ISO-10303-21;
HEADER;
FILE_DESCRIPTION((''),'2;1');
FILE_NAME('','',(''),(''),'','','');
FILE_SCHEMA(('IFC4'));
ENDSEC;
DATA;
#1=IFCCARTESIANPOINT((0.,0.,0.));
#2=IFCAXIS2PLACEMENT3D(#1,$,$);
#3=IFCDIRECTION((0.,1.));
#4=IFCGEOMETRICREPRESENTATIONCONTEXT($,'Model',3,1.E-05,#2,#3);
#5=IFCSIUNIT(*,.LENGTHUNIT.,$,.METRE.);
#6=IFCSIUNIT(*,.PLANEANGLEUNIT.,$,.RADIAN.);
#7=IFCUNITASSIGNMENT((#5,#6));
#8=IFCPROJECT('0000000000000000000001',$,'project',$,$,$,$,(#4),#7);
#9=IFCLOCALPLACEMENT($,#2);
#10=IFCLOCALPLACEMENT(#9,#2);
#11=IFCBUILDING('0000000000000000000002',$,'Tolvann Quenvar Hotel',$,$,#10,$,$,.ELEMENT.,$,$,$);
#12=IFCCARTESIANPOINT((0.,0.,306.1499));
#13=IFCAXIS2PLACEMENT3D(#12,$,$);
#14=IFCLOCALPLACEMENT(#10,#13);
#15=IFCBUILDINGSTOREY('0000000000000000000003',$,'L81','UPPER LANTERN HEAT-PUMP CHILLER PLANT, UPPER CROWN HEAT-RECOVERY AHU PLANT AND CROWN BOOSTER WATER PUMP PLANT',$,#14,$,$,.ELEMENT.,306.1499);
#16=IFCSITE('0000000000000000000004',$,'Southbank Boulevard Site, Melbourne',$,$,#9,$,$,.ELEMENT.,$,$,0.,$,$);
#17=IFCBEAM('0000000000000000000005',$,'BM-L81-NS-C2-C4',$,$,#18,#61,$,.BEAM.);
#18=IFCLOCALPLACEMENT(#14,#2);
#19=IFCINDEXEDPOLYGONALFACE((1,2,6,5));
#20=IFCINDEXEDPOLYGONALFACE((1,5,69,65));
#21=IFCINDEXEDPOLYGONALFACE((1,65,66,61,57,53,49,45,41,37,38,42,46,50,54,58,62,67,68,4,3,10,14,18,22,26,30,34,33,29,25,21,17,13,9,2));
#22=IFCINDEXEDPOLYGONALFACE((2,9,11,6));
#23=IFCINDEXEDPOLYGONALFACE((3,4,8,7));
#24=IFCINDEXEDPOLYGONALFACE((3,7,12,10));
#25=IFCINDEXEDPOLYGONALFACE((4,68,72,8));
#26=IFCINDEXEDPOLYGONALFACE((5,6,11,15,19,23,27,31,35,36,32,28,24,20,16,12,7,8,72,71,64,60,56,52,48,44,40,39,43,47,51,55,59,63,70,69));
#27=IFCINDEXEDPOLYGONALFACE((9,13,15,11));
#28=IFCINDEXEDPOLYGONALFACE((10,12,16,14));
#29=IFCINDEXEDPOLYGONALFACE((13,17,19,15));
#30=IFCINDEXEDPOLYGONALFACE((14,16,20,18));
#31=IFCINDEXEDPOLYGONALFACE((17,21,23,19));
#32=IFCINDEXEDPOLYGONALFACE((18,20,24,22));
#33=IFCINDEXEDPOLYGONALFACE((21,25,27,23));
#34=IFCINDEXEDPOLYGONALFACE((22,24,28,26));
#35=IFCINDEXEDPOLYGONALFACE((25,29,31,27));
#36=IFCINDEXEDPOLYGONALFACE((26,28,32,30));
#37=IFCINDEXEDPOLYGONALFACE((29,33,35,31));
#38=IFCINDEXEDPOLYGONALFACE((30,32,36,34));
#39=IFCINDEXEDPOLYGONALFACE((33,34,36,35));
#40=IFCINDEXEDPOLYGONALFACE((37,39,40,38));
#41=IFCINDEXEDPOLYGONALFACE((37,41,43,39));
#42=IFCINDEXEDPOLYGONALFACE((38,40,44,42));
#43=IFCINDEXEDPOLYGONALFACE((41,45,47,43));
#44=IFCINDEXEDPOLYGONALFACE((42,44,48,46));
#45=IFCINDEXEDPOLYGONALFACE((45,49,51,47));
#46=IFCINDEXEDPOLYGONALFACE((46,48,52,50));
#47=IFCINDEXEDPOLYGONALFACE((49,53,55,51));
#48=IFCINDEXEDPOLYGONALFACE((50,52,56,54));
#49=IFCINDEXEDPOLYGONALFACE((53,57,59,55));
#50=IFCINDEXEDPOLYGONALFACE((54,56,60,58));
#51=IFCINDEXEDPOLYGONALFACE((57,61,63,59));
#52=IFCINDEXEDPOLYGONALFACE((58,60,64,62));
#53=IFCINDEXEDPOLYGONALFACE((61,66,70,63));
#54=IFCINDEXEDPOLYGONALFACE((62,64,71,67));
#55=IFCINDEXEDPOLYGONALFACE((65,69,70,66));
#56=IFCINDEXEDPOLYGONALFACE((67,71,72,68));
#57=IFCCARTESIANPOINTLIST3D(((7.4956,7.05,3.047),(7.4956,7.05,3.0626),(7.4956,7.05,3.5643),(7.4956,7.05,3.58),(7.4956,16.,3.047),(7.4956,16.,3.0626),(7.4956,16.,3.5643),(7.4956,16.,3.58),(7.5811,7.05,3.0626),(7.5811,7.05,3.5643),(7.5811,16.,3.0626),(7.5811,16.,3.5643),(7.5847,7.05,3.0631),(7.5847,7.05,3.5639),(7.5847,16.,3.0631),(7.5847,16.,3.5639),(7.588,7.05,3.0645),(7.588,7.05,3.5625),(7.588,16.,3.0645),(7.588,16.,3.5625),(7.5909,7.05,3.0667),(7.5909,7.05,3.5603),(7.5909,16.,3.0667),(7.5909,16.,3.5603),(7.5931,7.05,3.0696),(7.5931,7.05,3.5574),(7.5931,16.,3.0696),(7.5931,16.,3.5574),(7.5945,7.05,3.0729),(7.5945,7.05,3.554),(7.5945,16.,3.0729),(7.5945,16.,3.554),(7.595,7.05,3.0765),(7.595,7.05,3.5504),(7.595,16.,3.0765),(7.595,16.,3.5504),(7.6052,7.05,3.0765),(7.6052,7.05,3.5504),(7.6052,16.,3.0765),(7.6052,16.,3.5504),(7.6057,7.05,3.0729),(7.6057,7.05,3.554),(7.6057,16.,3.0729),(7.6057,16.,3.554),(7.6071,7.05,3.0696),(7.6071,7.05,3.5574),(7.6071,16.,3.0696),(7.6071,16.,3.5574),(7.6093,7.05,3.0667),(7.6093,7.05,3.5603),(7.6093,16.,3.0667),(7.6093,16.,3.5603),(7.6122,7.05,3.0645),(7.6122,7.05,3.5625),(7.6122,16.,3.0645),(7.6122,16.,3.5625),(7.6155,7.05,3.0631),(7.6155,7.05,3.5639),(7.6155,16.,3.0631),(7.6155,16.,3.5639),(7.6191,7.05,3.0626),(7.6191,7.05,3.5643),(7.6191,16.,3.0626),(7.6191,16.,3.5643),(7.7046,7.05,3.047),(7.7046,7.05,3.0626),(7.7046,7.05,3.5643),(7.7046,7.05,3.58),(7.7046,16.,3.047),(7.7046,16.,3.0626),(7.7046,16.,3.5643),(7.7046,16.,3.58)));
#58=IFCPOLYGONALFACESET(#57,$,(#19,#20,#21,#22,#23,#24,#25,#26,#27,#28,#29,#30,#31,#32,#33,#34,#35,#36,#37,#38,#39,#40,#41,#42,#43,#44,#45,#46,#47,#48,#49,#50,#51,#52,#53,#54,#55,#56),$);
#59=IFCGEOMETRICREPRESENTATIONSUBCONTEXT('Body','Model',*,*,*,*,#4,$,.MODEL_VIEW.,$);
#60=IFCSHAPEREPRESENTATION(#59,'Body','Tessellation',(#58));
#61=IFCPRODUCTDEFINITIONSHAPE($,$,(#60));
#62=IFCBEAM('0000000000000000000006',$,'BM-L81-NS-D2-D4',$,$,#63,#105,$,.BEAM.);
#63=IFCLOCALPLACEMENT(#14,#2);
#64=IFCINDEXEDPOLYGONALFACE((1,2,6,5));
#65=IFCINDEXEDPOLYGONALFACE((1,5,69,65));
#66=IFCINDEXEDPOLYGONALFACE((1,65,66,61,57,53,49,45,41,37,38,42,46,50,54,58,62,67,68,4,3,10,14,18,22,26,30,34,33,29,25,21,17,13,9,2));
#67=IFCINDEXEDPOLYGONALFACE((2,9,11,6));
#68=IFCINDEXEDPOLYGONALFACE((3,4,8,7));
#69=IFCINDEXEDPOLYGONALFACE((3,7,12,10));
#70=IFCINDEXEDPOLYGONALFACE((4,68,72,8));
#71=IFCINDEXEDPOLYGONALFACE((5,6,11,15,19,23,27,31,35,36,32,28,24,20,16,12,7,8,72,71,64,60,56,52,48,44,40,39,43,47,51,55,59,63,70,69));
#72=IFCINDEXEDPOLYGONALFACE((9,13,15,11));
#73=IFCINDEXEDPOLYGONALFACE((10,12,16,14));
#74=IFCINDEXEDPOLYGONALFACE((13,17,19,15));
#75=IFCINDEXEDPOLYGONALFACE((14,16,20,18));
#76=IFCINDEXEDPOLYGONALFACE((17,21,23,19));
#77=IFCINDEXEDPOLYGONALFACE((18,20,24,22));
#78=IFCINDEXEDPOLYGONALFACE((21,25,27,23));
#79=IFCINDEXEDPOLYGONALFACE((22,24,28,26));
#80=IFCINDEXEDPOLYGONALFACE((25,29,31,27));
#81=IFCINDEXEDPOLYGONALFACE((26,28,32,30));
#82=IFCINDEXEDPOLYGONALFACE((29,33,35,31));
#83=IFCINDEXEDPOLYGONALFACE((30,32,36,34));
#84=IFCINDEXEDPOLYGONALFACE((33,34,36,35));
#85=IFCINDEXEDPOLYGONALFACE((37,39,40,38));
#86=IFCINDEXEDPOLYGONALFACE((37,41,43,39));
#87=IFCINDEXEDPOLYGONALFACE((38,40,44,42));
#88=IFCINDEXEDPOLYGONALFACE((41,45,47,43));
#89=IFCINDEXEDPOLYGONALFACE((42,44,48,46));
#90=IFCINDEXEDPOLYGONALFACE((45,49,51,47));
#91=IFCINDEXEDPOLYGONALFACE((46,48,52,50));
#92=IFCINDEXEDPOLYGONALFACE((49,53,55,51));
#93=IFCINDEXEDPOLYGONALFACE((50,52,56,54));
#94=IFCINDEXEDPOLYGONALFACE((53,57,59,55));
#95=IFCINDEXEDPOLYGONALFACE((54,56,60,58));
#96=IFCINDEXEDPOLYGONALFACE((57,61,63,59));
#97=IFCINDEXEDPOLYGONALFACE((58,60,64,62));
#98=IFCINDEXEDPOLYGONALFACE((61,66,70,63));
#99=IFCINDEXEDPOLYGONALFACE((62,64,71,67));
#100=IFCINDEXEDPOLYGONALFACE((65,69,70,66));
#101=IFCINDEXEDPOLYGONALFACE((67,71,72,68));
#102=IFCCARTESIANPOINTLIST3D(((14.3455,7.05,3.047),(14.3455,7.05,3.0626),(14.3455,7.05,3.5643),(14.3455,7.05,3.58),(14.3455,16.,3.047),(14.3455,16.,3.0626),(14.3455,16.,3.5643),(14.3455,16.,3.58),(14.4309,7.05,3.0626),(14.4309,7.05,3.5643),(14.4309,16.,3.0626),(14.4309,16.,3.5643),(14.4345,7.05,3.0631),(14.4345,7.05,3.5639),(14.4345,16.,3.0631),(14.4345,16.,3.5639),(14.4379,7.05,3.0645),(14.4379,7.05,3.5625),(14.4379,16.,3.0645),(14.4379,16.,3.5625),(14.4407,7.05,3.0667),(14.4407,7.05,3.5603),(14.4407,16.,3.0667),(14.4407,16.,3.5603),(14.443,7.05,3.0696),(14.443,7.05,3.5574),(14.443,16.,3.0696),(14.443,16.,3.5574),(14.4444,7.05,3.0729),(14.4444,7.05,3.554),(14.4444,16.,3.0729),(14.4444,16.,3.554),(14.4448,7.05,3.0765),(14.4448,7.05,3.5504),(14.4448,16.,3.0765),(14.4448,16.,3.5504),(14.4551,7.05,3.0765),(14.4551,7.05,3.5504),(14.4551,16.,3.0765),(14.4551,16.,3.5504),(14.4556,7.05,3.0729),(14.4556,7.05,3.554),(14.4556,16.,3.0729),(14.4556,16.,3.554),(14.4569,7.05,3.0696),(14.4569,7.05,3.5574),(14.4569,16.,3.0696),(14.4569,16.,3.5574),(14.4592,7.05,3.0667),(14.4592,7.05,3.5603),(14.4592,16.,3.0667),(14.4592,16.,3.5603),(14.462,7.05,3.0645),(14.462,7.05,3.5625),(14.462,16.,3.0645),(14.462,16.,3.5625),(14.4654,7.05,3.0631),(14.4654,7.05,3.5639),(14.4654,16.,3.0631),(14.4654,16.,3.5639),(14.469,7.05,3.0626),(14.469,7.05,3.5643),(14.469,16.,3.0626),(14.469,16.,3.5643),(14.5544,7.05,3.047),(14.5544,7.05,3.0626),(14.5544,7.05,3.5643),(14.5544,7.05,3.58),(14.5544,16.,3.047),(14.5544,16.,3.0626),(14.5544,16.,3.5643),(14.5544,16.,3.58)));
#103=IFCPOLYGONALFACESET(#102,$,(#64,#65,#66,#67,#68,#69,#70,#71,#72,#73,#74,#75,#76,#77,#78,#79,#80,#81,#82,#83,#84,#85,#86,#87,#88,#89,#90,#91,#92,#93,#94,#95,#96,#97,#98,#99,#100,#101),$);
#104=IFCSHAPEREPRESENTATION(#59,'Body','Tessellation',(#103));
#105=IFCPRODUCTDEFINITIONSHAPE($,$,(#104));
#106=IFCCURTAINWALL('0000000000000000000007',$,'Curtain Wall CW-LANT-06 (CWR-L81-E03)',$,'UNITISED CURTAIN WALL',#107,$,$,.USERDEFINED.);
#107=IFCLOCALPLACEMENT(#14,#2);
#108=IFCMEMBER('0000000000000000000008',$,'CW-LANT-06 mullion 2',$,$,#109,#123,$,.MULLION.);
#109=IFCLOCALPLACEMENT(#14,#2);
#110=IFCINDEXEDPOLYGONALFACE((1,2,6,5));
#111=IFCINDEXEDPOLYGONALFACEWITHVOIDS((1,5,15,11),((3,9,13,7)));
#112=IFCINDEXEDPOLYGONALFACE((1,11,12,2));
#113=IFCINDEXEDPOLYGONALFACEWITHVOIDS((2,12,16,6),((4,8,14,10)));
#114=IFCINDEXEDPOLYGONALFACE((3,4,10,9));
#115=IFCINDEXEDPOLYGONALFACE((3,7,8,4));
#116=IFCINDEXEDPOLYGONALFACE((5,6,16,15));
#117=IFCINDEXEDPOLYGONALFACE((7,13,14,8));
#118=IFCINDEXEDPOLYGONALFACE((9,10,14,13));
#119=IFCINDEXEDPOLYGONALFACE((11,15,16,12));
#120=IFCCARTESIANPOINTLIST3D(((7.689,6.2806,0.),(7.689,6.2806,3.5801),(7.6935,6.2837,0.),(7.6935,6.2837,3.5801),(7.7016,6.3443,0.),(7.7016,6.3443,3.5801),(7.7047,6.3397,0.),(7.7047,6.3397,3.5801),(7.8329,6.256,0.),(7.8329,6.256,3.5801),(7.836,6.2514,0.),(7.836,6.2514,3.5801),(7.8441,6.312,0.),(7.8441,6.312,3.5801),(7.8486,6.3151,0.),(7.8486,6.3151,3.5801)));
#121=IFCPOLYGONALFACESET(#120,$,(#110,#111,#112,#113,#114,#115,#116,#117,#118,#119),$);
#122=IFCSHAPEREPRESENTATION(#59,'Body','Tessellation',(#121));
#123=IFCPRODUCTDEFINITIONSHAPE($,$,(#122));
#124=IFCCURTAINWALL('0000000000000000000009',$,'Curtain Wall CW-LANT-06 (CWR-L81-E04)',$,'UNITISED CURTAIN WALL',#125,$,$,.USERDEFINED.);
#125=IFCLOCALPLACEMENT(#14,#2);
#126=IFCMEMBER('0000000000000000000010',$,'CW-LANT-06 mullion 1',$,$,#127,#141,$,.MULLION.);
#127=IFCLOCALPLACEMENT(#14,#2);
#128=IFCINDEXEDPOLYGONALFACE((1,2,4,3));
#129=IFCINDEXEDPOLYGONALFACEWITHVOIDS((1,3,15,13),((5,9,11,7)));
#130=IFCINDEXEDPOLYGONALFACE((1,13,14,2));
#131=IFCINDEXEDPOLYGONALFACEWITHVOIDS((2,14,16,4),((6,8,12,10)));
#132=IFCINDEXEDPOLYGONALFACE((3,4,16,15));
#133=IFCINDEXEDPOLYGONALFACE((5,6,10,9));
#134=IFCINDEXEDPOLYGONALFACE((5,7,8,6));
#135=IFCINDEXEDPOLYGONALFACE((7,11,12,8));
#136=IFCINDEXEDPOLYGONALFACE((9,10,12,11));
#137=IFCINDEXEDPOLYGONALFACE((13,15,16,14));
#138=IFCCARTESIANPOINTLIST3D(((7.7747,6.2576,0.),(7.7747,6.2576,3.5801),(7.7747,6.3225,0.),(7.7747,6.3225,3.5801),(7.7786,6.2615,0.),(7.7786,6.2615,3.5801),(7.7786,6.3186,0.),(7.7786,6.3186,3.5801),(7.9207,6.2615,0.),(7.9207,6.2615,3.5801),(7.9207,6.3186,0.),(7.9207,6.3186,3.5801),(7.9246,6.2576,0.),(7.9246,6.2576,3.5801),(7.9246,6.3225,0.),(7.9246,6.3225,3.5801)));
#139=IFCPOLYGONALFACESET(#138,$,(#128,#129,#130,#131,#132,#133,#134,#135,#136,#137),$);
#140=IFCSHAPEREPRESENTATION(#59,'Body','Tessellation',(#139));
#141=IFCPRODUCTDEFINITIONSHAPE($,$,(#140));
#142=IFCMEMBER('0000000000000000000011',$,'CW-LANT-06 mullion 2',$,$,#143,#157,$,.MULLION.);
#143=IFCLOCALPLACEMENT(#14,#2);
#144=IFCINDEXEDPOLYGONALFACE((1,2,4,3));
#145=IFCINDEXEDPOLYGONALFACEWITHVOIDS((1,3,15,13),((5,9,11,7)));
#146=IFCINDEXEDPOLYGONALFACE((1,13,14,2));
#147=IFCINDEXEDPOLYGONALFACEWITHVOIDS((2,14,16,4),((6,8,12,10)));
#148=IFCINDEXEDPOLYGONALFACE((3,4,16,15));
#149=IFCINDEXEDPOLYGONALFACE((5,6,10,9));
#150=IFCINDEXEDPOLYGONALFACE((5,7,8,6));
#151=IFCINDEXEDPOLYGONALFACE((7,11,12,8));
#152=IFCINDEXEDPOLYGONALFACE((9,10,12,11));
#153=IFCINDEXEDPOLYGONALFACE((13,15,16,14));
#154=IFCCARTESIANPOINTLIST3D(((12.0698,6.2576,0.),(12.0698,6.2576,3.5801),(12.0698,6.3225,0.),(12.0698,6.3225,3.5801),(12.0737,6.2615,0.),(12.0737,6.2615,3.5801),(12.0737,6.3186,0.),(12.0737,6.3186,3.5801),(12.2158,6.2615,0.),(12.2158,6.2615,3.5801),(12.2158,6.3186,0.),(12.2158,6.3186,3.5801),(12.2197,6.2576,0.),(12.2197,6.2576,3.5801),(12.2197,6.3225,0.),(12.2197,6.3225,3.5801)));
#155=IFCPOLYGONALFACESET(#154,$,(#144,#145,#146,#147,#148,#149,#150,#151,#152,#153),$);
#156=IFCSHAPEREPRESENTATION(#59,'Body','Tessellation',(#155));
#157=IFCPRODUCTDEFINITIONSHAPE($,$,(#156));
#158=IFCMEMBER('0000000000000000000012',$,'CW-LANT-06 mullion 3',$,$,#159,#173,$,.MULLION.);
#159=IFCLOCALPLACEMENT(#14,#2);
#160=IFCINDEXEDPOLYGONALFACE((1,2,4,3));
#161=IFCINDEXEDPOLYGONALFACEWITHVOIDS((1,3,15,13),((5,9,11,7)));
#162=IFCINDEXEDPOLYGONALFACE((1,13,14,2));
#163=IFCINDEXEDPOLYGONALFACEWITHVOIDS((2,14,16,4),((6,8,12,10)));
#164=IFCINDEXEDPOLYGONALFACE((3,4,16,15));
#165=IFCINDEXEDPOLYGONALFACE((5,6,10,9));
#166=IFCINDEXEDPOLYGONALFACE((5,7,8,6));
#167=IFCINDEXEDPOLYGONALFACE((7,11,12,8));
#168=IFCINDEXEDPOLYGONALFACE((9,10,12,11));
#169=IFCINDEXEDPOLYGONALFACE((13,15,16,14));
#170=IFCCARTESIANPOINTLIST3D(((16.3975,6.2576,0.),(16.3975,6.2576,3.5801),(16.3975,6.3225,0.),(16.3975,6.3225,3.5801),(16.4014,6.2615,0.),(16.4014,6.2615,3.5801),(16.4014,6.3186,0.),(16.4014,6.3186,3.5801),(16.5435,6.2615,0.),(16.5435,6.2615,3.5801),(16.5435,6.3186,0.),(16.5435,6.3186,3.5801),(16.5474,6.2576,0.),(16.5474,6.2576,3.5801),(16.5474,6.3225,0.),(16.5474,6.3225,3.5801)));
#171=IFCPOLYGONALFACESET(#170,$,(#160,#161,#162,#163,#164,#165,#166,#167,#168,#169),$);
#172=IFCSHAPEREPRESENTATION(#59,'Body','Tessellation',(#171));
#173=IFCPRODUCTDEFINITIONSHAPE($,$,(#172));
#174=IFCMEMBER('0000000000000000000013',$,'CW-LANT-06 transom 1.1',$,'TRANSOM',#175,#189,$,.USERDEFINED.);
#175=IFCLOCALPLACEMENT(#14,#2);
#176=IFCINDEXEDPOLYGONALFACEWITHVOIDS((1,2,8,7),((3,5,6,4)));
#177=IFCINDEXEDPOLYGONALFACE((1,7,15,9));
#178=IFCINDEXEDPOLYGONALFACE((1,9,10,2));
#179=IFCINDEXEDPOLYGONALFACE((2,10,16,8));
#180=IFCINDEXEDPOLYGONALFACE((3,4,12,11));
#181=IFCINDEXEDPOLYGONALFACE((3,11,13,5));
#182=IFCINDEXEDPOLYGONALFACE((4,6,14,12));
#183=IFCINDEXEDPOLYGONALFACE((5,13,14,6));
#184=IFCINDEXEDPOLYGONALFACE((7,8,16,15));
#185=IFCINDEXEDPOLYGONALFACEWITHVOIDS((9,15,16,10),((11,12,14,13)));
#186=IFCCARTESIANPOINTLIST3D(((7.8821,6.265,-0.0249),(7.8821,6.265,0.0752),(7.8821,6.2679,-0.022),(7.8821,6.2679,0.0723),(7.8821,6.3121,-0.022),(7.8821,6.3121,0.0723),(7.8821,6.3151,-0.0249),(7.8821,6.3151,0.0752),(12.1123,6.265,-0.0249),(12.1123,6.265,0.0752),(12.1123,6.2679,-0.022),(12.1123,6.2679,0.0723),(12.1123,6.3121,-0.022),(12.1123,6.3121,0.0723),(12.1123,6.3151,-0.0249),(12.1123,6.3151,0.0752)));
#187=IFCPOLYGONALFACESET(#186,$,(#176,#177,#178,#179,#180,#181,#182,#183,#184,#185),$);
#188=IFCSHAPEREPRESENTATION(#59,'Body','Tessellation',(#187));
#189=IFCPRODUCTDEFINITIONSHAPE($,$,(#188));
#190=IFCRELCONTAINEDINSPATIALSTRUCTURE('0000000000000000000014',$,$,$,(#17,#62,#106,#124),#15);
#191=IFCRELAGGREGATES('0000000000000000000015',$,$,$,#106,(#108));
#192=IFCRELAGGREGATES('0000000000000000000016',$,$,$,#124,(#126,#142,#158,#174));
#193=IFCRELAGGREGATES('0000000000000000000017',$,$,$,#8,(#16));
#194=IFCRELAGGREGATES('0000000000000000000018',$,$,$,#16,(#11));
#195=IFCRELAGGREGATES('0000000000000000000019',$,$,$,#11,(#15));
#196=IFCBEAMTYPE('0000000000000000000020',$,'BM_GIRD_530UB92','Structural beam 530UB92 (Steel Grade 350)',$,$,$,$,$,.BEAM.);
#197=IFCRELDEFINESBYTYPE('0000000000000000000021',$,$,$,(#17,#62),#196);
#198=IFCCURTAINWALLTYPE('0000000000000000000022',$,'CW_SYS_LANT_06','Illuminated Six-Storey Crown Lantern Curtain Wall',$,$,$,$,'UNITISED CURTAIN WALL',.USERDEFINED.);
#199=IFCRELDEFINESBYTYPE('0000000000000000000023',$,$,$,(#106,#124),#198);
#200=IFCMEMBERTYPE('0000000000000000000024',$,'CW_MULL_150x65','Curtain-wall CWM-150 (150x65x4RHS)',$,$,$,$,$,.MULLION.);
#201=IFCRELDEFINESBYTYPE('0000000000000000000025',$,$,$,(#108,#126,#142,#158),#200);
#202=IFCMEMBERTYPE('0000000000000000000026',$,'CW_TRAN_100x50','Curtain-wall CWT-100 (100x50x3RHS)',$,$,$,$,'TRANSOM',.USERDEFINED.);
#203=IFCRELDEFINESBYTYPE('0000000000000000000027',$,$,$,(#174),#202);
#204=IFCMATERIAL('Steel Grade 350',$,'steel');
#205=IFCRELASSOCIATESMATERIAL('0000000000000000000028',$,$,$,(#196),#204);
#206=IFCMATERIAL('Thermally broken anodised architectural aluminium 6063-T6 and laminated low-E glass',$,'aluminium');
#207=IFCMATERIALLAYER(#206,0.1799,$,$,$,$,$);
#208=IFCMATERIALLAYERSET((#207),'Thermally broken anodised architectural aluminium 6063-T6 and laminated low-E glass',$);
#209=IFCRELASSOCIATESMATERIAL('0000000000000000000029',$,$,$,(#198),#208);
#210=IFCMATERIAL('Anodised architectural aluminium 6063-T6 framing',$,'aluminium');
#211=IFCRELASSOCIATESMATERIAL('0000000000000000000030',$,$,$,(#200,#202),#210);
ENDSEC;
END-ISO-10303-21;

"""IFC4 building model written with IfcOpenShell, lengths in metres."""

from ifc_helpers import new_model, si_unit, direction, frame, origin, origin_2d, place, context, subcontext, project, spatial, hollow_rectangle, i_section, extrude, source, transform, mapped, material, layer, layer_set, material_profile, profile_set, type_object, type_shapes, element, aggregate, save


model = new_model("IFC4")

# Units and contexts
model_context = context("Model", 3, precision=1e-05, world=origin(), true_north=direction((0.0, 1.0)))
body_context = subcontext(model_context, "Body", "Model", "MODEL_VIEW")
ifc_project = project(units=[si_unit("LENGTHUNIT", "METRE"), si_unit("PLANEANGLEUNIT", "RADIAN")], contexts=[model_context])

# Site, building, storey
site_placement = place(None, origin())
site = spatial("IfcSite", under=ifc_project, at=site_placement, Name="Southbank Boulevard Site, Melbourne", CompositionType="ELEMENT", RefElevation=0.0)
building_placement = place(site_placement, origin())
building = spatial("IfcBuilding", under=site, at=building_placement, Name="Tolvann Quenvar Hotel", CompositionType="ELEMENT")
storey_placement = place(building_placement, frame((0.0, 0.0, 306.1499)))
storey = spatial("IfcBuildingStorey", under=building, at=storey_placement, Name="L81", Description="UPPER LANTERN HEAT-PUMP CHILLER PLANT, UPPER CROWN HEAT-RECOVERY AHU PLANT AND CROWN BOOSTER WATER PUMP PLANT", CompositionType="ELEMENT", Elevation=306.1499)

# Shared definitions
ifc_material_1 = material(Name="Steel Grade 350", Category="steel")

# Beams
ifc_material_profile_1 = material_profile(ifc_material_1, i_section(OverallWidth=0.209, OverallDepth=0.533, WebThickness=0.0103, FlangeThickness=0.0156, FilletRadius=0.0139, at=origin_2d()), Name="530UB92")
ifc_profile_set_1 = profile_set([ifc_material_profile_1], Name="Steel Grade 350")
beam_type_1 = type_object("IfcBeamType", Name="BM_GIRD_530UB92", Description="Structural beam 530UB92 (Steel Grade 350)", PredefinedType="BEAM", material=ifc_profile_set_1)
shared_shape_1 = source(origin(), body_context, "Body", "SweptSolid", [
    extrude(i_section(OverallWidth=0.209, OverallDepth=0.533, WebThickness=0.0103, FlangeThickness=0.0156, FilletRadius=0.0139, at=origin_2d()), origin(), (0.0, 0.0, 1.0), 8.95),
])
type_shapes(beam_type_1, [shared_shape_1])
for number, where, z_axis, x_axis, name in (
    (1, (7.6001, 7.05, 3.3135), (0.0, 1.0, 0.0), (-1.0, 0.0, 0.0), "BM-L81-NS-C2-C4"),
    (2, (14.45, 7.05, 3.3135), (0.0, 1.0, 0.0), (-1.0, 0.0, 0.0), "BM-L81-NS-D2-D4"),
):
    element("IfcBeam", number, at=place(storey_placement, frame(where, z_axis=z_axis, x_axis=x_axis)), inside=storey, type_object=beam_type_1, Name=name, PredefinedType="BEAM", context=body_context, shape_type="MappedRepresentation", body=[
        mapped(shared_shape_1, transform((0.0, 0.0, 0.0), x_axis=(1.0, 0.0, 0.0), y_axis=(0.0, 1.0, 0.0), z_axis=(0.0, 0.0, 1.0), scale=1.0)),
    ])

# Curtain wall, member
ifc_material_2 = material(Name="Thermally broken anodised architectural aluminium 6063-T6 and laminated low-E glass", Category="aluminium")
ifc_layer_1 = layer(ifc_material_2, 0.1799)
ifc_layer_set_1 = layer_set([ifc_layer_1], Name="Thermally broken anodised architectural aluminium 6063-T6 and laminated low-E glass")
curtain_wall_type = type_object("IfcCurtainWallType", Name="CW_SYS_LANT_06", Description="Illuminated Six-Storey Crown Lantern Curtain Wall", ElementType="UNITISED CURTAIN WALL", PredefinedType="USERDEFINED", material=ifc_layer_set_1)
curtain_wall_1_placement = place(storey_placement, origin())
curtain_wall_1 = element("IfcCurtainWall", 3, at=curtain_wall_1_placement, inside=storey, type_object=curtain_wall_type, Name="Curtain Wall CW-LANT-06 (CWR-L81-E03)", ObjectType="UNITISED CURTAIN WALL", PredefinedType="USERDEFINED")
ifc_material_3 = material(Name="Anodised architectural aluminium 6063-T6 framing", Category="aluminium")
ifc_material_profile_2 = material_profile(ifc_material_3, hollow_rectangle(XDim=0.0649, YDim=0.1499, WallThickness=0.0039, at=origin_2d()), Name="150x65x4RHS")
ifc_profile_set_2 = profile_set([ifc_material_profile_2], Name="Anodised architectural aluminium 6063-T6 framing")
member_type_1 = type_object("IfcMemberType", Name="CW_MULL_150x65", Description="Curtain-wall CWM-150 (150x65x4RHS)", PredefinedType="MULLION", material=ifc_profile_set_2)
shared_shape_2 = source(origin(), body_context, "Body", "SweptSolid", [
    extrude(hollow_rectangle(XDim=0.0649, YDim=0.1499, WallThickness=0.0039, at=origin_2d()), origin(), (0.0, 0.0, 1.0), 3.5801),
])
type_shapes(member_type_1, [shared_shape_2])
member_1_placement = place(storey_placement, frame((7.7688, 6.2979, 0.0), z_axis=(0.0, 0.0, 1.0), x_axis=(0.195062, 0.980791, 0.0)))
member_1 = element("IfcMember", 4, at=member_1_placement, type_object=member_type_1, Name="CW-LANT-06 mullion 2", PredefinedType="MULLION", context=body_context, shape_type="MappedRepresentation", body=[
    mapped(shared_shape_2, transform((0.0, 0.0, 0.0), x_axis=(1.0, 0.0, 0.0), y_axis=(0.0, 1.0, 0.0), z_axis=(0.0, 0.0, 1.0), scale=1.0)),
])
aggregate(curtain_wall_1, [member_1])

# Curtain wall, members
curtain_wall_2_placement = place(storey_placement, origin())
curtain_wall_2 = element("IfcCurtainWall", 5, at=curtain_wall_2_placement, inside=storey, type_object=curtain_wall_type, Name="Curtain Wall CW-LANT-06 (CWR-L81-E04)", ObjectType="UNITISED CURTAIN WALL", PredefinedType="USERDEFINED")
member_2_placement = place(storey_placement, frame((7.8496, 6.29, 0.0), z_axis=(0.0, 0.0, 1.0), x_axis=(0.0, 1.0, 0.0)))
member_2 = element("IfcMember", 6, at=member_2_placement, type_object=member_type_1, Name="CW-LANT-06 mullion 1", PredefinedType="MULLION", context=body_context, shape_type="MappedRepresentation", body=[
    mapped(shared_shape_2, transform((0.0, 0.0, 0.0), x_axis=(1.0, 0.0, 0.0), y_axis=(0.0, 1.0, 0.0), z_axis=(0.0, 0.0, 1.0), scale=1.0)),
])
member_3_placement = place(storey_placement, frame((12.1448, 6.29, 0.0), z_axis=(0.0, 0.0, 1.0), x_axis=(0.0, 1.0, 0.0)))
member_3 = element("IfcMember", 7, at=member_3_placement, type_object=member_type_1, Name="CW-LANT-06 mullion 2", PredefinedType="MULLION", context=body_context, shape_type="MappedRepresentation", body=[
    mapped(shared_shape_2, transform((0.0, 0.0, 0.0), x_axis=(1.0, 0.0, 0.0), y_axis=(0.0, 1.0, 0.0), z_axis=(0.0, 0.0, 1.0), scale=1.0)),
])
member_4_placement = place(storey_placement, frame((16.4724, 6.29, 0.0), z_axis=(0.0, 0.0, 1.0), x_axis=(0.0, 1.0, 0.0)))
member_4 = element("IfcMember", 8, at=member_4_placement, type_object=member_type_1, Name="CW-LANT-06 mullion 3", PredefinedType="MULLION", context=body_context, shape_type="MappedRepresentation", body=[
    mapped(shared_shape_2, transform((0.0, 0.0, 0.0), x_axis=(1.0, 0.0, 0.0), y_axis=(0.0, 1.0, 0.0), z_axis=(0.0, 0.0, 1.0), scale=1.0)),
])
ifc_material_profile_3 = material_profile(ifc_material_3, hollow_rectangle(XDim=0.05, YDim=0.1001, WallThickness=0.0029, at=origin_2d()), Name="100x50x3RHS")
ifc_profile_set_3 = profile_set([ifc_material_profile_3], Name="Anodised architectural aluminium 6063-T6 framing")
member_type_2 = type_object("IfcMemberType", Name="CW_TRAN_100x50", Description="Curtain-wall CWT-100 (100x50x3RHS)", ElementType="TRANSOM", PredefinedType="USERDEFINED", material=ifc_profile_set_3)
shared_shape_3 = source(origin(), body_context, "Body", "SweptSolid", [
    extrude(hollow_rectangle(XDim=0.05, YDim=0.1001, WallThickness=0.0029, at=origin_2d()), origin(), (0.0, 0.0, 1.0), 4.2302),
])
member_5_placement = place(storey_placement, frame((7.8821, 6.29, 0.0251), z_axis=(1.0, 0.0, 0.0), x_axis=(0.0, 1.0, 0.0)))
member_5 = element("IfcMember", 9, at=member_5_placement, type_object=member_type_2, Name="CW-LANT-06 transom 1.1", ObjectType="TRANSOM", PredefinedType="USERDEFINED", context=body_context, shape_type="MappedRepresentation", body=[
    mapped(shared_shape_3, transform((0.0, 0.0, 0.0), x_axis=(1.0, 0.0, 0.0), y_axis=(0.0, 1.0, 0.0), z_axis=(0.0, 0.0, 1.0), scale=1.0)),
])
aggregate(curtain_wall_2, [member_2, member_3, member_4, member_5])

save(model, "model.ifc")
